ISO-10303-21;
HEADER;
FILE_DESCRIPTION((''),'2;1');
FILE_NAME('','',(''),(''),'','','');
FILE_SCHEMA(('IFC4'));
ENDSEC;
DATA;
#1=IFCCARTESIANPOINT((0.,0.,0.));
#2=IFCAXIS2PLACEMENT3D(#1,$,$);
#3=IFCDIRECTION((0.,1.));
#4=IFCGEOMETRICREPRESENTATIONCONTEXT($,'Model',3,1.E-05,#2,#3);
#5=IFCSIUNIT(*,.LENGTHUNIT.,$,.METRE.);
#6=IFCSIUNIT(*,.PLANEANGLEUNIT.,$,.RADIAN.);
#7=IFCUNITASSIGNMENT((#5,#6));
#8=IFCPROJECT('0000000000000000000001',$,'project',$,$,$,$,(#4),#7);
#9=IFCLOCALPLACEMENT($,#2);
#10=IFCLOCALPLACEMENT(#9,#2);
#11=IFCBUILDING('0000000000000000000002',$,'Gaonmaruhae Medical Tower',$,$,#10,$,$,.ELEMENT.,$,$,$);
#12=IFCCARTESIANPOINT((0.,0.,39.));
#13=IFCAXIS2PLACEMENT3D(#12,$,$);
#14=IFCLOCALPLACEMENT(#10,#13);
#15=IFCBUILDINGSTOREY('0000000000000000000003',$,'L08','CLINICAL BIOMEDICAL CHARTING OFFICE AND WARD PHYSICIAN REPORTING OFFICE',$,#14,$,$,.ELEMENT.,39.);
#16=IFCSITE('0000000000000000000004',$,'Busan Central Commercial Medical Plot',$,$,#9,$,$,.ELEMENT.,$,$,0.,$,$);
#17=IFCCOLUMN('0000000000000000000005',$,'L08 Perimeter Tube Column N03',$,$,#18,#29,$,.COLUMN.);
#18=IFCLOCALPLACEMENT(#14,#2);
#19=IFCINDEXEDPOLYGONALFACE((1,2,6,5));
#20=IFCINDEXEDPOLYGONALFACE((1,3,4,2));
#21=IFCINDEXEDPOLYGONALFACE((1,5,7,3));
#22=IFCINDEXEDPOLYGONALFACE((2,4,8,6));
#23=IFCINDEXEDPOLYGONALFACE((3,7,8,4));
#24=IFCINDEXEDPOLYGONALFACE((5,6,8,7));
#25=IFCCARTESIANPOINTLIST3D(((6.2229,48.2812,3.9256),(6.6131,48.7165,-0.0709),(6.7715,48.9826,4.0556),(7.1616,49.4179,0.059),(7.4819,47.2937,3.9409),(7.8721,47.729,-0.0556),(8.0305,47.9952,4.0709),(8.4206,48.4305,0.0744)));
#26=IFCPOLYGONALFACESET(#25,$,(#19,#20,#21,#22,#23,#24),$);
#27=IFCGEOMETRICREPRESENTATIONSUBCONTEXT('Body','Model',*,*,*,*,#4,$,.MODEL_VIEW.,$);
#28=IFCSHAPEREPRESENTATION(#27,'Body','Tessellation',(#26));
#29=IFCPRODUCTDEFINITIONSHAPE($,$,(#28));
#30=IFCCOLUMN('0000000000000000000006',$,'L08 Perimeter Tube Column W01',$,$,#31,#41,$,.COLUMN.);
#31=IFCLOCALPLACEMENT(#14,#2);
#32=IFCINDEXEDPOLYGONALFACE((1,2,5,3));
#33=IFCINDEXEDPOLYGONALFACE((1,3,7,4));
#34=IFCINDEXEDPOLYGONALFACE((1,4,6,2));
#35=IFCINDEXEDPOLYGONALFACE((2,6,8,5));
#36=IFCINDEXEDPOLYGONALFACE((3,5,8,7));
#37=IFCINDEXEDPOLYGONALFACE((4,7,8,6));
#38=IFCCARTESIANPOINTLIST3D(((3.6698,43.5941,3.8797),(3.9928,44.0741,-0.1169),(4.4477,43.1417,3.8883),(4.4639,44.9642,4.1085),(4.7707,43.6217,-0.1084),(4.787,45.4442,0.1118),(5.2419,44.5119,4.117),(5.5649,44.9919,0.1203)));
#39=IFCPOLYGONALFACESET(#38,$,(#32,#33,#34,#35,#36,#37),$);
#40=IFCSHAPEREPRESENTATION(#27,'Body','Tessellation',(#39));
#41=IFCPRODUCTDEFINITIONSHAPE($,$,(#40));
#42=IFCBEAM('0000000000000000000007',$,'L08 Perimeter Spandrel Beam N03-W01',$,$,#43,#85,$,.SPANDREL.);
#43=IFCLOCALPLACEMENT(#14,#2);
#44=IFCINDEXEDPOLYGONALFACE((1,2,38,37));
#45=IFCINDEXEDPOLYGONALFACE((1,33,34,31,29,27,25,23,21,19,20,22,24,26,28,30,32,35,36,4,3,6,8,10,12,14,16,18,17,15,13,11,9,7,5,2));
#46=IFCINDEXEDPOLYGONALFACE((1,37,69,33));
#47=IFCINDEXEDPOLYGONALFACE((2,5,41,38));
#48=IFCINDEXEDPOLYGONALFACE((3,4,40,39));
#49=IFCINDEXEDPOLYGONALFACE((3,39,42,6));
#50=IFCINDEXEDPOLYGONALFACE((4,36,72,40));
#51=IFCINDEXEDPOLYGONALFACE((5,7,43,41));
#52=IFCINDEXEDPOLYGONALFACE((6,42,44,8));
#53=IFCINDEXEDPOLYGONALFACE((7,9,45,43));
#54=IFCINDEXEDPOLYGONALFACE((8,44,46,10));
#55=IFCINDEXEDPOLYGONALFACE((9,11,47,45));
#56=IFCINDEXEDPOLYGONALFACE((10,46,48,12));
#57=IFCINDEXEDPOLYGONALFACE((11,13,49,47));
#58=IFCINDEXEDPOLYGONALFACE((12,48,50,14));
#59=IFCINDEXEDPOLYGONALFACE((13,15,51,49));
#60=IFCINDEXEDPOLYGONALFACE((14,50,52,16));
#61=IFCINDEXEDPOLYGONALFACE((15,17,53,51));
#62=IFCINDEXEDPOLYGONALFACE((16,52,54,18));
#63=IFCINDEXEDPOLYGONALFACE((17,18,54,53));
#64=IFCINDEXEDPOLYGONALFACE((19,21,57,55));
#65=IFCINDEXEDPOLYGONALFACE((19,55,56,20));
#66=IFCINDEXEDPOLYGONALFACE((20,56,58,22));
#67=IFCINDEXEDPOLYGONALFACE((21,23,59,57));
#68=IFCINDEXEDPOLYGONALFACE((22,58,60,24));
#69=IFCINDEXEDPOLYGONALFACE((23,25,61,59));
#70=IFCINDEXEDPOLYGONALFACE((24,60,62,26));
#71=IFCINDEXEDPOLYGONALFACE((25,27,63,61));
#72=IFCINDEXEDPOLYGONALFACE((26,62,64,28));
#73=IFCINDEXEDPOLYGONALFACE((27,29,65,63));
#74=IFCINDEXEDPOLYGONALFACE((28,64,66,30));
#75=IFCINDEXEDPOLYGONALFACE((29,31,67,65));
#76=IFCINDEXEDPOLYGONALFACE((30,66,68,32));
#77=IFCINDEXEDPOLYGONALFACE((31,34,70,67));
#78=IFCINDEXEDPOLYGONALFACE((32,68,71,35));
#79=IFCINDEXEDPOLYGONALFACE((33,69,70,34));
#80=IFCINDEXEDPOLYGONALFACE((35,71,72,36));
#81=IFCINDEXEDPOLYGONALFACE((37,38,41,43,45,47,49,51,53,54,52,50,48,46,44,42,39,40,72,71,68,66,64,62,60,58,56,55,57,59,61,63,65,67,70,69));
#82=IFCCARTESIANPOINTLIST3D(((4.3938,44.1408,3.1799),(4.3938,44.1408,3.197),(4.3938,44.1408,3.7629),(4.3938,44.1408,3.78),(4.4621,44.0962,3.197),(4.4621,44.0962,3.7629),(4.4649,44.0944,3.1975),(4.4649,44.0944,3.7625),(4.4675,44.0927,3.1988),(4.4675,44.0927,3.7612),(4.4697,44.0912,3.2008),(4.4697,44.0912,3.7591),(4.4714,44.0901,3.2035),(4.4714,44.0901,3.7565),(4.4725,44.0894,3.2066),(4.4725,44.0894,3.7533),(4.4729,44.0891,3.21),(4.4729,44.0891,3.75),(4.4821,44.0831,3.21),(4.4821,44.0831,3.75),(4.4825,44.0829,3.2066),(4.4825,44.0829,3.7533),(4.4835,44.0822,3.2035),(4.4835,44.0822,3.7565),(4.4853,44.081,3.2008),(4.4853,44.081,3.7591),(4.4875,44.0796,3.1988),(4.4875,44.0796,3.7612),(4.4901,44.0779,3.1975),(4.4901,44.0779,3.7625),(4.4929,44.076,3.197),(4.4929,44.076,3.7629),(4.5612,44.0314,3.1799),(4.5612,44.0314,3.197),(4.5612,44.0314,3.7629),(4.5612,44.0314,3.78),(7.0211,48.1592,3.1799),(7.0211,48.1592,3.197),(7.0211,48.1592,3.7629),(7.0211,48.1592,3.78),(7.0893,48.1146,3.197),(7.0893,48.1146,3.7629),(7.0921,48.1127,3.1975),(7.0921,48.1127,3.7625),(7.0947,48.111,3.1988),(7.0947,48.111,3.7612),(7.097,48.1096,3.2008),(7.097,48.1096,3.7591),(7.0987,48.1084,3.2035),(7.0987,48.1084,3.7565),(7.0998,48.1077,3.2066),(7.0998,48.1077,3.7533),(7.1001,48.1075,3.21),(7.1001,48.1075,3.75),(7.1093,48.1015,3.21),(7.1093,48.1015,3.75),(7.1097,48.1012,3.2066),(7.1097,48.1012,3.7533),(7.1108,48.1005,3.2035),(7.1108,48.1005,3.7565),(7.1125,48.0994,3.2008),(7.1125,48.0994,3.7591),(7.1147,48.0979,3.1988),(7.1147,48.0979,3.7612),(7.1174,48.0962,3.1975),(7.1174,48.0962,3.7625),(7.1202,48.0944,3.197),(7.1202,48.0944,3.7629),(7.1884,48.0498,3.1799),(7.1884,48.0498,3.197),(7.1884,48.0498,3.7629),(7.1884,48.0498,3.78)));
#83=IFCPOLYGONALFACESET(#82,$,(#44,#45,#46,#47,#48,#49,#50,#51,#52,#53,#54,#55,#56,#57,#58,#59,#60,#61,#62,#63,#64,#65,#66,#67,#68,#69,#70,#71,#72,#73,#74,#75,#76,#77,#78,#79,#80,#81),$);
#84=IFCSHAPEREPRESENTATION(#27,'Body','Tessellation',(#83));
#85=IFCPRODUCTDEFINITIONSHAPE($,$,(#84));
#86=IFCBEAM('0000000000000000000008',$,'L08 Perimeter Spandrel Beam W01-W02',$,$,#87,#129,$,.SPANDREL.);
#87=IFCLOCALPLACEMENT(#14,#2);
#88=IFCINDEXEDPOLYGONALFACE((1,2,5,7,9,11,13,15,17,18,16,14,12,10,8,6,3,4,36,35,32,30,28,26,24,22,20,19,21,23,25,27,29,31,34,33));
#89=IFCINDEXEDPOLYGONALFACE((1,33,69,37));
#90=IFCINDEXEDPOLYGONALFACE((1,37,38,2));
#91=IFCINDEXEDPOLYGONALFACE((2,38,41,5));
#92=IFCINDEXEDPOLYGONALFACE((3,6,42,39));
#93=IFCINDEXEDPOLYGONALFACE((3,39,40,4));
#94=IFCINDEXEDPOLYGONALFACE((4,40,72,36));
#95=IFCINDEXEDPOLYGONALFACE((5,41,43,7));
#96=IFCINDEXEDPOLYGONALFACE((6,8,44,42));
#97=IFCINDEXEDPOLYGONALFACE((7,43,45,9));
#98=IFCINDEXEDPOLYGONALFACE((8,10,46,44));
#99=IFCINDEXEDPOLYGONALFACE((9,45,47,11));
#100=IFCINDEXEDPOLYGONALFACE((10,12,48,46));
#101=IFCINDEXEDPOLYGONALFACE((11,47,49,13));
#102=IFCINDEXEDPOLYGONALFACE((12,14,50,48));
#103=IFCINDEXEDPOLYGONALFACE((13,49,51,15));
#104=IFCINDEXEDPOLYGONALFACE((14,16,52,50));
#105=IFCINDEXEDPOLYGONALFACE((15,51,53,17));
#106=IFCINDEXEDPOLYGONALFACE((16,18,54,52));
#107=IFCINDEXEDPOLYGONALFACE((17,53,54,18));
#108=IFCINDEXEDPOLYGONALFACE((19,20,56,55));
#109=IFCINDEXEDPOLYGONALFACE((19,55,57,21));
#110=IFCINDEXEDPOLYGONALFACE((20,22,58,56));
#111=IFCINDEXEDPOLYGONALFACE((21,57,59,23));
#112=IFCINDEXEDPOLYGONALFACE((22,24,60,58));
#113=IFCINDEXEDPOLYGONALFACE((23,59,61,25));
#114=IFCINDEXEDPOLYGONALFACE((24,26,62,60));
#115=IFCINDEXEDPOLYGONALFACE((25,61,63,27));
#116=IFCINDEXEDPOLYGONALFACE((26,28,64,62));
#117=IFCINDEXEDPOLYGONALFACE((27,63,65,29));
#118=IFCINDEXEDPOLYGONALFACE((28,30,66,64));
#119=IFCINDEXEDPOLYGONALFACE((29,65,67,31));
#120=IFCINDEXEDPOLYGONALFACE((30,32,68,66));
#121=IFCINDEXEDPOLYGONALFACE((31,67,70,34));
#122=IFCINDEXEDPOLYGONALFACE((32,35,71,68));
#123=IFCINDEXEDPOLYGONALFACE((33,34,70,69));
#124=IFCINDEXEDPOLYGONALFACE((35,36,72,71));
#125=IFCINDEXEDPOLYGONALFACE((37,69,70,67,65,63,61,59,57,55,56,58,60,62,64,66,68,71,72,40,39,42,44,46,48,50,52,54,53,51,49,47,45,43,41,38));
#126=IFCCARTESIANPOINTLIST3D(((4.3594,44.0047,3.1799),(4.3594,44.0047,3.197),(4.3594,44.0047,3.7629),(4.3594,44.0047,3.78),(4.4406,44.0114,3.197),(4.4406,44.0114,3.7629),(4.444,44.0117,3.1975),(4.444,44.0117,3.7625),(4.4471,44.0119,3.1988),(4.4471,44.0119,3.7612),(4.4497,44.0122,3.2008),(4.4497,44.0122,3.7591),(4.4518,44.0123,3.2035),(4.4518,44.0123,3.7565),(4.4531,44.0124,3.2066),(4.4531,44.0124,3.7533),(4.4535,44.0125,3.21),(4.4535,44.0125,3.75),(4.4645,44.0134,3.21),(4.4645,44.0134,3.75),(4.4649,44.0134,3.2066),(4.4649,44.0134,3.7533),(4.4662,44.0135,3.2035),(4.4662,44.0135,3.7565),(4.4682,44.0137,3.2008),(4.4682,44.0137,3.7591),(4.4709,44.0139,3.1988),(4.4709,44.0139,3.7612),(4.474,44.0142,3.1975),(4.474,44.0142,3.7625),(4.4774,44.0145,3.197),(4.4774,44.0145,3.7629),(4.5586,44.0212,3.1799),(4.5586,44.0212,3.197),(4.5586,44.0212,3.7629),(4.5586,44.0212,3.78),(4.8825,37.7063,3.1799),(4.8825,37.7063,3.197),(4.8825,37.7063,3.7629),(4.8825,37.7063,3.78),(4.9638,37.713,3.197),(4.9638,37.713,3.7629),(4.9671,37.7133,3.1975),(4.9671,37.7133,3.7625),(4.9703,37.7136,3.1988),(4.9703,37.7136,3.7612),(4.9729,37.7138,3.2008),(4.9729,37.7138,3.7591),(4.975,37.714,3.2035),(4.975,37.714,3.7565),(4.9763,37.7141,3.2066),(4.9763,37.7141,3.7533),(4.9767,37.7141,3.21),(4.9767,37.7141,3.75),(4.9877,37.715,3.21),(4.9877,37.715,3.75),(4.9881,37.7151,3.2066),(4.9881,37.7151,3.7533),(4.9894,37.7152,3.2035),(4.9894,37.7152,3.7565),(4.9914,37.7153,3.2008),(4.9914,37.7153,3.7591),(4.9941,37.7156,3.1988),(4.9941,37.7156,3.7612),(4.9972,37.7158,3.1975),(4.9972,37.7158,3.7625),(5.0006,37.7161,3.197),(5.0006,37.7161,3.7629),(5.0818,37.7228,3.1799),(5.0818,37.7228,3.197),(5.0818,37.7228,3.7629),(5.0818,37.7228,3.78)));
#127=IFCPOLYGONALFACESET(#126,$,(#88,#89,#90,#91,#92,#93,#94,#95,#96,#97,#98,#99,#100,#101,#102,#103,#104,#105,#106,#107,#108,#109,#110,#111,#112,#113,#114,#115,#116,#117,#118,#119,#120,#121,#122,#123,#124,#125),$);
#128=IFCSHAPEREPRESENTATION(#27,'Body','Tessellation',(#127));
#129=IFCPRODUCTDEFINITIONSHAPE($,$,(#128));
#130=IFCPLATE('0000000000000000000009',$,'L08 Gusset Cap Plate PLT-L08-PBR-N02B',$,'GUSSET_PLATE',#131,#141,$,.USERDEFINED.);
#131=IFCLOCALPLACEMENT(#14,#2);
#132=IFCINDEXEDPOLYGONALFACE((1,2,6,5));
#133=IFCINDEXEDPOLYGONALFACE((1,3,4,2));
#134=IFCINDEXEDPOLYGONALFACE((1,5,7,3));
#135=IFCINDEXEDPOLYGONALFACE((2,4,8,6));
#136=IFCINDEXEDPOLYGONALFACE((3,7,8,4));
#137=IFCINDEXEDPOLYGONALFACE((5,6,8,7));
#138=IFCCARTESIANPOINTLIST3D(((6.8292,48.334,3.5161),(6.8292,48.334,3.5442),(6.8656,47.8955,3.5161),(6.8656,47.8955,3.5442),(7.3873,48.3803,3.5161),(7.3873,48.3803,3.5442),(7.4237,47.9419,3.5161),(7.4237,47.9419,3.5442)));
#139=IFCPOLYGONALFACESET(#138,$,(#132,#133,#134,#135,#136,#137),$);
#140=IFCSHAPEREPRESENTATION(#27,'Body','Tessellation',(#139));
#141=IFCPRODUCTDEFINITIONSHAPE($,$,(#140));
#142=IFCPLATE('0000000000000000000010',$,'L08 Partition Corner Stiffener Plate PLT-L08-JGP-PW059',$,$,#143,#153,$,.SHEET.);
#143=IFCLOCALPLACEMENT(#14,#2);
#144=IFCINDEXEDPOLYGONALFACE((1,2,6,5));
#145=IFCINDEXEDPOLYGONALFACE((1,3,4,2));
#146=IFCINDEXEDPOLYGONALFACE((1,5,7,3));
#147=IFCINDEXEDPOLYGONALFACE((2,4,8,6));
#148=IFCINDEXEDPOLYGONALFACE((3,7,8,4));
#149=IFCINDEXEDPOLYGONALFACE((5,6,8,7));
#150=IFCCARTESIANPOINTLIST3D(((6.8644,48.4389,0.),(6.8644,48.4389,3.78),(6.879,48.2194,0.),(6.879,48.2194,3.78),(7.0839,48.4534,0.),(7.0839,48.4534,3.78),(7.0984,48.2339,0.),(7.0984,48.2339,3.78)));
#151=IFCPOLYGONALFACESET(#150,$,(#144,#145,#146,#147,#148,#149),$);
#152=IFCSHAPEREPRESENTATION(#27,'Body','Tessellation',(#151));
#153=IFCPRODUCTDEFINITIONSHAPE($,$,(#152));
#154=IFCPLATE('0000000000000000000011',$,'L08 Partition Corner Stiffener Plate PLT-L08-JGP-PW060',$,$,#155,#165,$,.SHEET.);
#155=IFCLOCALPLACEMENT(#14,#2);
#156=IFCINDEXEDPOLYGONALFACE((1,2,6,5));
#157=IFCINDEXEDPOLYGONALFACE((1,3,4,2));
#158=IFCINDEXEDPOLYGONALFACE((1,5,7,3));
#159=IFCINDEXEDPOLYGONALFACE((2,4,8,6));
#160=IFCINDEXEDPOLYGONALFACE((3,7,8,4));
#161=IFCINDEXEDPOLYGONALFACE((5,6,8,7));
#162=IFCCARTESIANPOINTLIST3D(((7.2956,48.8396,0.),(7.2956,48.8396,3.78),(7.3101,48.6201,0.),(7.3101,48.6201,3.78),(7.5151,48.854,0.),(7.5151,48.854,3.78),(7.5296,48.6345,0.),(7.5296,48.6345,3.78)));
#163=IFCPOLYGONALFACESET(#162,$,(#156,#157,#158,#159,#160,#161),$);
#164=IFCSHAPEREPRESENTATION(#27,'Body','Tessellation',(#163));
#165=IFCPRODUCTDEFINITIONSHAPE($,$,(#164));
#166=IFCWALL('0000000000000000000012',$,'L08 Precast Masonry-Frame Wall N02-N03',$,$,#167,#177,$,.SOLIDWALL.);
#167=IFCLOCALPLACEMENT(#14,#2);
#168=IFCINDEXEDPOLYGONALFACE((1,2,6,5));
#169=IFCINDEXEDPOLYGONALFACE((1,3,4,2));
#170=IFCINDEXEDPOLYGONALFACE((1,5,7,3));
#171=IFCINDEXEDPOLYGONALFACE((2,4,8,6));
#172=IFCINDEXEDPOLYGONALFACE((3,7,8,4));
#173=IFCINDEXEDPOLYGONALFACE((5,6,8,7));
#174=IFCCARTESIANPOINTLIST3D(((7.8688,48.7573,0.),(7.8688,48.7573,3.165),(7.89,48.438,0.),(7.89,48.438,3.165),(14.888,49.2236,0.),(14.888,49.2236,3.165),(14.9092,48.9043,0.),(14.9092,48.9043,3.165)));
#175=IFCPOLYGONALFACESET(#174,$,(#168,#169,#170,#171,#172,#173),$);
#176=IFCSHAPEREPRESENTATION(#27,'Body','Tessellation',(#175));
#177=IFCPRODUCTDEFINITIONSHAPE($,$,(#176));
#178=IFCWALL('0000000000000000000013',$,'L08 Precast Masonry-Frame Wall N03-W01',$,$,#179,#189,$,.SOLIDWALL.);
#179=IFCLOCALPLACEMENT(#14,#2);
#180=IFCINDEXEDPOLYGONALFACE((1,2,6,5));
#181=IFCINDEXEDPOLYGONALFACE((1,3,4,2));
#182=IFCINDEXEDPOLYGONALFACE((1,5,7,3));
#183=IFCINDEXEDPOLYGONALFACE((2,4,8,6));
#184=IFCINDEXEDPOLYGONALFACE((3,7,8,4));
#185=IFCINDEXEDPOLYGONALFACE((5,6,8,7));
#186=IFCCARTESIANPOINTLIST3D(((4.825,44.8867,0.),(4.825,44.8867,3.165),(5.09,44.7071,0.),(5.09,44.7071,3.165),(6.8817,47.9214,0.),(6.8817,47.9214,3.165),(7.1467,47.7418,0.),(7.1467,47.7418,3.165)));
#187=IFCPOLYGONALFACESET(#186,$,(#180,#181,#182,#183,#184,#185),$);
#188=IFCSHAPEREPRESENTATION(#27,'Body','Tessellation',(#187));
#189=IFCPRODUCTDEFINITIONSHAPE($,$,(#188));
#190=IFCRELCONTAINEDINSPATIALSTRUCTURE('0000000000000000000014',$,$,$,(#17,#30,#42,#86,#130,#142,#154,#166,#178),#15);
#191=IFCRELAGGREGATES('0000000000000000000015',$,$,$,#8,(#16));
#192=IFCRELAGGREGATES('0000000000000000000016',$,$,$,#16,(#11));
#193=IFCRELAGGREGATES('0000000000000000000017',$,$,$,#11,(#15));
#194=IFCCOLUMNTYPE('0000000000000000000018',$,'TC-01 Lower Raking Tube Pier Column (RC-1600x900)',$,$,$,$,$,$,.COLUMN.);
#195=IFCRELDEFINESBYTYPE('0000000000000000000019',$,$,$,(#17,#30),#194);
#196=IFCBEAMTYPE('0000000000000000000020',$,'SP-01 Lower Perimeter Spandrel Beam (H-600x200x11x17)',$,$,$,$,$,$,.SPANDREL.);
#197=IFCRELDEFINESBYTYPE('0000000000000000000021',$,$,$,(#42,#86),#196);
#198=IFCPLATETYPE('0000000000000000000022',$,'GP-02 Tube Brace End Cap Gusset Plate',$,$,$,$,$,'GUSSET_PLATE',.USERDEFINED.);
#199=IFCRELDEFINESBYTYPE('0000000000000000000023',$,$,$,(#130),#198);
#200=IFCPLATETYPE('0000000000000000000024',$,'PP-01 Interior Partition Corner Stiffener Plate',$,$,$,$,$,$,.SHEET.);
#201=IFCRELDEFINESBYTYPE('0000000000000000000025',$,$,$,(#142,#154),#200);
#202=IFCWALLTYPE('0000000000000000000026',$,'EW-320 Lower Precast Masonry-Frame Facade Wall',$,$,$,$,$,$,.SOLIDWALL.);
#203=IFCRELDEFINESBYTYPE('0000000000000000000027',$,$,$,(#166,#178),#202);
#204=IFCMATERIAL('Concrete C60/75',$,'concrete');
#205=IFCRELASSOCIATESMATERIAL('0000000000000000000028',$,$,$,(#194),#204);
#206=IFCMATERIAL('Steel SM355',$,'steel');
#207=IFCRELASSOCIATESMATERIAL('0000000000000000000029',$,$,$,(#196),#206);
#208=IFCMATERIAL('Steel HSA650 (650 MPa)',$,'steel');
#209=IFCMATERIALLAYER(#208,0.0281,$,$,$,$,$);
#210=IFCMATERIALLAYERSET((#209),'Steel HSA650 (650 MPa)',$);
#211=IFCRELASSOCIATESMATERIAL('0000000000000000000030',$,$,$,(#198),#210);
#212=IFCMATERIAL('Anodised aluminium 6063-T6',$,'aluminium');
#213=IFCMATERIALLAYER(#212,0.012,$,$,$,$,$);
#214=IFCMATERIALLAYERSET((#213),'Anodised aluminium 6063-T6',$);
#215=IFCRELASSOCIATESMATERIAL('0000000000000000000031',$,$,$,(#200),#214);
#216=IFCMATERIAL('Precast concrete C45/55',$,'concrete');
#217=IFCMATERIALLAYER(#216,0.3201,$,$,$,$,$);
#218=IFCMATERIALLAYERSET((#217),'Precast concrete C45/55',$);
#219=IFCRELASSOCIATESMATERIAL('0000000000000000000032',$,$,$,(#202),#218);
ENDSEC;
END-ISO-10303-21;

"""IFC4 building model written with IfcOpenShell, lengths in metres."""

from ifc_helpers import new_model, si_unit, direction, frame, frame_2d, origin, origin_2d, place, context, subcontext, project, spatial, rectangle, i_section, extrude, material, layer, layer_set, material_profile, profile_set, type_object, element, save


model = new_model("IFC4")

# Units and contexts
model_context = context("Model", 3, precision=1e-05, world=origin(), true_north=direction((0.0, 1.0)))
body_context = subcontext(model_context, "Body", "Model", "MODEL_VIEW")
ifc_project = project(units=[si_unit("LENGTHUNIT", "METRE"), si_unit("PLANEANGLEUNIT", "RADIAN")], contexts=[model_context])

# Site, building, storey
site_placement = place(None, origin())
site = spatial("IfcSite", under=ifc_project, at=site_placement, Name="Busan Central Commercial Medical Plot", CompositionType="ELEMENT", RefElevation=0.0)
building_placement = place(site_placement, origin())
building = spatial("IfcBuilding", under=site, at=building_placement, Name="Gaonmaruhae Medical Tower", CompositionType="ELEMENT")
storey_placement = place(building_placement, frame((0.0, 0.0, 39.0)))
storey = spatial("IfcBuildingStorey", under=building, at=storey_placement, Name="L08", Description="CLINICAL BIOMEDICAL CHARTING OFFICE AND WARD PHYSICIAN REPORTING OFFICE", CompositionType="ELEMENT", Elevation=39.0)

# Columns
ifc_material_1 = material(Name="Concrete C60/75", Category="concrete")
ifc_material_profile_1 = material_profile(ifc_material_1, rectangle(XDim=1.6001, YDim=0.8999, at=origin_2d()), Name="RC-1600x900")
ifc_profile_set_1 = profile_set([ifc_material_profile_1], Name="Concrete C60/75")
column_type = type_object("IfcColumnType", Name="TC-01 Lower Raking Tube Pier Column (RC-1600x900)", PredefinedType="COLUMN", material=ifc_profile_set_1)
column_1_placement = place(storey_placement, frame((7.5168, 48.5735, 0.0017), z_axis=(-0.09659, -0.107772, 0.989472), x_axis=(0.786813, -0.617116, 0.009591)))
element("IfcColumn", 1, at=column_1_placement, inside=storey, type_object=column_type, Name="L08 Perimeter Tube Column N03", PredefinedType="COLUMN", context=body_context, shape_type="SweptSolid", body=[
    extrude(rectangle(XDim=1.6001, YDim=0.8999, at=origin_2d()), origin(), (0.0, 0.0, 1.0), 4.0391),
])
column_2_placement = place(storey_placement, frame((4.7788, 44.533, 0.0017), z_axis=(-0.079985, -0.118859, 0.989684), x_axis=(0.496341, 0.856277, 0.142951)))
element("IfcColumn", 2, at=column_2_placement, inside=storey, type_object=column_type, Name="L08 Perimeter Tube Column W01", PredefinedType="COLUMN", context=body_context, shape_type="SweptSolid", body=[
    extrude(rectangle(XDim=1.6001, YDim=0.8999, at=origin_2d()), origin(), (0.0, 0.0, 1.0), 4.0383),
])

# Beams
ifc_material_2 = material(Name="Steel SM355", Category="steel")
ifc_material_profile_2 = material_profile(ifc_material_2, i_section(OverallWidth=0.2, OverallDepth=0.6001, WebThickness=0.011, FlangeThickness=0.0171, FilletRadius=0.0129, at=origin_2d()), Name="H-600x200x11x17")
ifc_profile_set_2 = profile_set([ifc_material_profile_2], Name="Steel SM355")
beam_type = type_object("IfcBeamType", Name="SP-01 Lower Perimeter Spandrel Beam (H-600x200x11x17)", PredefinedType="SPANDREL", material=ifc_profile_set_2)
beam_1_placement = place(storey_placement, frame((7.1047, 48.1045, 3.48), z_axis=(-0.547226, -0.836985, 0.0), x_axis=(0.836985, -0.547226, 0.0)))
element("IfcBeam", 3, at=beam_1_placement, inside=storey, type_object=beam_type, Name="L08 Perimeter Spandrel Beam N03-W01", PredefinedType="SPANDREL", context=body_context, shape_type="SweptSolid", body=[
    extrude(i_section(OverallWidth=0.2, OverallDepth=0.6001, WebThickness=0.011, FlangeThickness=0.0171, FilletRadius=0.0129, at=origin_2d()), origin(), (0.0, 0.0, 1.0), 4.801),
])
beam_2_placement = place(storey_placement, frame((4.459, 44.0129, 3.48), z_axis=(0.082783, -0.996568, 0.0), x_axis=(0.996568, 0.082783, 0.0)))
element("IfcBeam", 4, at=beam_2_placement, inside=storey, type_object=beam_type, Name="L08 Perimeter Spandrel Beam W01-W02", PredefinedType="SPANDREL", context=body_context, shape_type="SweptSolid", body=[
    extrude(i_section(OverallWidth=0.2, OverallDepth=0.6001, WebThickness=0.011, FlangeThickness=0.0171, FilletRadius=0.0129, at=origin_2d()), origin(), (0.0, 0.0, 1.0), 6.3201),
])

# Plates
ifc_material_3 = material(Name="Steel HSA650 (650 MPa)", Category="steel")
ifc_layer_1 = layer(ifc_material_3, 0.0281)
ifc_layer_set_1 = layer_set([ifc_layer_1], Name="Steel HSA650 (650 MPa)")
plate_type_1 = type_object("IfcPlateType", Name="GP-02 Tube Brace End Cap Gusset Plate", ElementType="GUSSET_PLATE", PredefinedType="USERDEFINED", material=ifc_layer_set_1)
plate_placement = place(storey_placement, frame((7.1265, 48.1379, 3.5161), z_axis=(0.0, 0.0, 1.0), x_axis=(0.996566, 0.082808, 0.0)))
element("IfcPlate", 5, at=plate_placement, inside=storey, type_object=plate_type_1, Name="L08 Gusset Cap Plate PLT-L08-PBR-N02B", ObjectType="GUSSET_PLATE", PredefinedType="USERDEFINED", context=body_context, shape_type="SweptSolid", body=[
    extrude(rectangle(XDim=0.5601, YDim=0.4399, at=origin_2d()), origin(), (0.0, 0.0, 1.0), 0.0281),
])
ifc_material_4 = material(Name="Anodised aluminium 6063-T6", Category="aluminium")
ifc_layer_2 = layer(ifc_material_4, 0.012)
ifc_layer_set_2 = layer_set([ifc_layer_2], Name="Anodised aluminium 6063-T6")
plate_type_2 = type_object("IfcPlateType", Name="PP-01 Interior Partition Corner Stiffener Plate", PredefinedType="SHEET", material=ifc_layer_set_2)
for number, where, z_axis, x_axis, name in (
    (6, (6.9814, 48.3364, 0.0), (0.0, 0.0, 1.0), (-0.065978, 0.997821, 0.0), "L08 Partition Corner Stiffener Plate PLT-L08-JGP-PW059"),
    (7, (7.4126, 48.7371, 0.0), (0.0, 0.0, 1.0), (0.997838, 0.065717, 0.0), "L08 Partition Corner Stiffener Plate PLT-L08-JGP-PW060"),
):
    element("IfcPlate", number, at=place(storey_placement, frame(where, z_axis=z_axis, x_axis=x_axis)), inside=storey, type_object=plate_type_2, Name=name, PredefinedType="SHEET", context=body_context, shape_type="SweptSolid", body=[
        extrude(rectangle(XDim=0.22, YDim=0.22, at=origin_2d()), origin(), (0.0, 0.0, 1.0), 3.78),
    ])

# Walls
ifc_material_5 = material(Name="Precast concrete C45/55", Category="concrete")
ifc_layer_3 = layer(ifc_material_5, 0.3201)
ifc_layer_set_3 = layer_set([ifc_layer_3], Name="Precast concrete C45/55")
wall_type_1 = type_object("IfcWallType", Name="EW-320 Lower Precast Masonry-Frame Facade Wall", PredefinedType="SOLIDWALL", material=ifc_layer_set_3)
wall_1_placement = place(storey_placement, frame((7.8794, 48.5977, 0.0), z_axis=(0.0, 0.0, 1.0), x_axis=(0.997801, 0.066286, 0.0)))
element("IfcWall", 8, at=wall_1_placement, inside=storey, type_object=wall_type_1, Name="L08 Precast Masonry-Frame Wall N02-N03", PredefinedType="SOLIDWALL", context=body_context, shape_type="SweptSolid", body=[
    extrude(rectangle(XDim=7.0347, YDim=0.3201, at=frame_2d((3.5173, 0.0))), origin(), (0.0, 0.0, 1.0), 3.165),
])
wall_2_placement = place(storey_placement, frame((4.9575, 44.7969, 0.0), z_axis=(0.0, 0.0, 1.0), x_axis=(0.561016, 0.827805, 0.0)))
element("IfcWall", 9, at=wall_2_placement, inside=storey, type_object=wall_type_1, Name="L08 Precast Masonry-Frame Wall N03-W01", PredefinedType="SOLIDWALL", context=body_context, shape_type="SweptSolid", body=[
    extrude(rectangle(XDim=3.666, YDim=0.3201, at=frame_2d((1.833, 0.0))), origin(), (0.0, 0.0, 1.0), 3.165),
])

save(model, "model.ifc")
